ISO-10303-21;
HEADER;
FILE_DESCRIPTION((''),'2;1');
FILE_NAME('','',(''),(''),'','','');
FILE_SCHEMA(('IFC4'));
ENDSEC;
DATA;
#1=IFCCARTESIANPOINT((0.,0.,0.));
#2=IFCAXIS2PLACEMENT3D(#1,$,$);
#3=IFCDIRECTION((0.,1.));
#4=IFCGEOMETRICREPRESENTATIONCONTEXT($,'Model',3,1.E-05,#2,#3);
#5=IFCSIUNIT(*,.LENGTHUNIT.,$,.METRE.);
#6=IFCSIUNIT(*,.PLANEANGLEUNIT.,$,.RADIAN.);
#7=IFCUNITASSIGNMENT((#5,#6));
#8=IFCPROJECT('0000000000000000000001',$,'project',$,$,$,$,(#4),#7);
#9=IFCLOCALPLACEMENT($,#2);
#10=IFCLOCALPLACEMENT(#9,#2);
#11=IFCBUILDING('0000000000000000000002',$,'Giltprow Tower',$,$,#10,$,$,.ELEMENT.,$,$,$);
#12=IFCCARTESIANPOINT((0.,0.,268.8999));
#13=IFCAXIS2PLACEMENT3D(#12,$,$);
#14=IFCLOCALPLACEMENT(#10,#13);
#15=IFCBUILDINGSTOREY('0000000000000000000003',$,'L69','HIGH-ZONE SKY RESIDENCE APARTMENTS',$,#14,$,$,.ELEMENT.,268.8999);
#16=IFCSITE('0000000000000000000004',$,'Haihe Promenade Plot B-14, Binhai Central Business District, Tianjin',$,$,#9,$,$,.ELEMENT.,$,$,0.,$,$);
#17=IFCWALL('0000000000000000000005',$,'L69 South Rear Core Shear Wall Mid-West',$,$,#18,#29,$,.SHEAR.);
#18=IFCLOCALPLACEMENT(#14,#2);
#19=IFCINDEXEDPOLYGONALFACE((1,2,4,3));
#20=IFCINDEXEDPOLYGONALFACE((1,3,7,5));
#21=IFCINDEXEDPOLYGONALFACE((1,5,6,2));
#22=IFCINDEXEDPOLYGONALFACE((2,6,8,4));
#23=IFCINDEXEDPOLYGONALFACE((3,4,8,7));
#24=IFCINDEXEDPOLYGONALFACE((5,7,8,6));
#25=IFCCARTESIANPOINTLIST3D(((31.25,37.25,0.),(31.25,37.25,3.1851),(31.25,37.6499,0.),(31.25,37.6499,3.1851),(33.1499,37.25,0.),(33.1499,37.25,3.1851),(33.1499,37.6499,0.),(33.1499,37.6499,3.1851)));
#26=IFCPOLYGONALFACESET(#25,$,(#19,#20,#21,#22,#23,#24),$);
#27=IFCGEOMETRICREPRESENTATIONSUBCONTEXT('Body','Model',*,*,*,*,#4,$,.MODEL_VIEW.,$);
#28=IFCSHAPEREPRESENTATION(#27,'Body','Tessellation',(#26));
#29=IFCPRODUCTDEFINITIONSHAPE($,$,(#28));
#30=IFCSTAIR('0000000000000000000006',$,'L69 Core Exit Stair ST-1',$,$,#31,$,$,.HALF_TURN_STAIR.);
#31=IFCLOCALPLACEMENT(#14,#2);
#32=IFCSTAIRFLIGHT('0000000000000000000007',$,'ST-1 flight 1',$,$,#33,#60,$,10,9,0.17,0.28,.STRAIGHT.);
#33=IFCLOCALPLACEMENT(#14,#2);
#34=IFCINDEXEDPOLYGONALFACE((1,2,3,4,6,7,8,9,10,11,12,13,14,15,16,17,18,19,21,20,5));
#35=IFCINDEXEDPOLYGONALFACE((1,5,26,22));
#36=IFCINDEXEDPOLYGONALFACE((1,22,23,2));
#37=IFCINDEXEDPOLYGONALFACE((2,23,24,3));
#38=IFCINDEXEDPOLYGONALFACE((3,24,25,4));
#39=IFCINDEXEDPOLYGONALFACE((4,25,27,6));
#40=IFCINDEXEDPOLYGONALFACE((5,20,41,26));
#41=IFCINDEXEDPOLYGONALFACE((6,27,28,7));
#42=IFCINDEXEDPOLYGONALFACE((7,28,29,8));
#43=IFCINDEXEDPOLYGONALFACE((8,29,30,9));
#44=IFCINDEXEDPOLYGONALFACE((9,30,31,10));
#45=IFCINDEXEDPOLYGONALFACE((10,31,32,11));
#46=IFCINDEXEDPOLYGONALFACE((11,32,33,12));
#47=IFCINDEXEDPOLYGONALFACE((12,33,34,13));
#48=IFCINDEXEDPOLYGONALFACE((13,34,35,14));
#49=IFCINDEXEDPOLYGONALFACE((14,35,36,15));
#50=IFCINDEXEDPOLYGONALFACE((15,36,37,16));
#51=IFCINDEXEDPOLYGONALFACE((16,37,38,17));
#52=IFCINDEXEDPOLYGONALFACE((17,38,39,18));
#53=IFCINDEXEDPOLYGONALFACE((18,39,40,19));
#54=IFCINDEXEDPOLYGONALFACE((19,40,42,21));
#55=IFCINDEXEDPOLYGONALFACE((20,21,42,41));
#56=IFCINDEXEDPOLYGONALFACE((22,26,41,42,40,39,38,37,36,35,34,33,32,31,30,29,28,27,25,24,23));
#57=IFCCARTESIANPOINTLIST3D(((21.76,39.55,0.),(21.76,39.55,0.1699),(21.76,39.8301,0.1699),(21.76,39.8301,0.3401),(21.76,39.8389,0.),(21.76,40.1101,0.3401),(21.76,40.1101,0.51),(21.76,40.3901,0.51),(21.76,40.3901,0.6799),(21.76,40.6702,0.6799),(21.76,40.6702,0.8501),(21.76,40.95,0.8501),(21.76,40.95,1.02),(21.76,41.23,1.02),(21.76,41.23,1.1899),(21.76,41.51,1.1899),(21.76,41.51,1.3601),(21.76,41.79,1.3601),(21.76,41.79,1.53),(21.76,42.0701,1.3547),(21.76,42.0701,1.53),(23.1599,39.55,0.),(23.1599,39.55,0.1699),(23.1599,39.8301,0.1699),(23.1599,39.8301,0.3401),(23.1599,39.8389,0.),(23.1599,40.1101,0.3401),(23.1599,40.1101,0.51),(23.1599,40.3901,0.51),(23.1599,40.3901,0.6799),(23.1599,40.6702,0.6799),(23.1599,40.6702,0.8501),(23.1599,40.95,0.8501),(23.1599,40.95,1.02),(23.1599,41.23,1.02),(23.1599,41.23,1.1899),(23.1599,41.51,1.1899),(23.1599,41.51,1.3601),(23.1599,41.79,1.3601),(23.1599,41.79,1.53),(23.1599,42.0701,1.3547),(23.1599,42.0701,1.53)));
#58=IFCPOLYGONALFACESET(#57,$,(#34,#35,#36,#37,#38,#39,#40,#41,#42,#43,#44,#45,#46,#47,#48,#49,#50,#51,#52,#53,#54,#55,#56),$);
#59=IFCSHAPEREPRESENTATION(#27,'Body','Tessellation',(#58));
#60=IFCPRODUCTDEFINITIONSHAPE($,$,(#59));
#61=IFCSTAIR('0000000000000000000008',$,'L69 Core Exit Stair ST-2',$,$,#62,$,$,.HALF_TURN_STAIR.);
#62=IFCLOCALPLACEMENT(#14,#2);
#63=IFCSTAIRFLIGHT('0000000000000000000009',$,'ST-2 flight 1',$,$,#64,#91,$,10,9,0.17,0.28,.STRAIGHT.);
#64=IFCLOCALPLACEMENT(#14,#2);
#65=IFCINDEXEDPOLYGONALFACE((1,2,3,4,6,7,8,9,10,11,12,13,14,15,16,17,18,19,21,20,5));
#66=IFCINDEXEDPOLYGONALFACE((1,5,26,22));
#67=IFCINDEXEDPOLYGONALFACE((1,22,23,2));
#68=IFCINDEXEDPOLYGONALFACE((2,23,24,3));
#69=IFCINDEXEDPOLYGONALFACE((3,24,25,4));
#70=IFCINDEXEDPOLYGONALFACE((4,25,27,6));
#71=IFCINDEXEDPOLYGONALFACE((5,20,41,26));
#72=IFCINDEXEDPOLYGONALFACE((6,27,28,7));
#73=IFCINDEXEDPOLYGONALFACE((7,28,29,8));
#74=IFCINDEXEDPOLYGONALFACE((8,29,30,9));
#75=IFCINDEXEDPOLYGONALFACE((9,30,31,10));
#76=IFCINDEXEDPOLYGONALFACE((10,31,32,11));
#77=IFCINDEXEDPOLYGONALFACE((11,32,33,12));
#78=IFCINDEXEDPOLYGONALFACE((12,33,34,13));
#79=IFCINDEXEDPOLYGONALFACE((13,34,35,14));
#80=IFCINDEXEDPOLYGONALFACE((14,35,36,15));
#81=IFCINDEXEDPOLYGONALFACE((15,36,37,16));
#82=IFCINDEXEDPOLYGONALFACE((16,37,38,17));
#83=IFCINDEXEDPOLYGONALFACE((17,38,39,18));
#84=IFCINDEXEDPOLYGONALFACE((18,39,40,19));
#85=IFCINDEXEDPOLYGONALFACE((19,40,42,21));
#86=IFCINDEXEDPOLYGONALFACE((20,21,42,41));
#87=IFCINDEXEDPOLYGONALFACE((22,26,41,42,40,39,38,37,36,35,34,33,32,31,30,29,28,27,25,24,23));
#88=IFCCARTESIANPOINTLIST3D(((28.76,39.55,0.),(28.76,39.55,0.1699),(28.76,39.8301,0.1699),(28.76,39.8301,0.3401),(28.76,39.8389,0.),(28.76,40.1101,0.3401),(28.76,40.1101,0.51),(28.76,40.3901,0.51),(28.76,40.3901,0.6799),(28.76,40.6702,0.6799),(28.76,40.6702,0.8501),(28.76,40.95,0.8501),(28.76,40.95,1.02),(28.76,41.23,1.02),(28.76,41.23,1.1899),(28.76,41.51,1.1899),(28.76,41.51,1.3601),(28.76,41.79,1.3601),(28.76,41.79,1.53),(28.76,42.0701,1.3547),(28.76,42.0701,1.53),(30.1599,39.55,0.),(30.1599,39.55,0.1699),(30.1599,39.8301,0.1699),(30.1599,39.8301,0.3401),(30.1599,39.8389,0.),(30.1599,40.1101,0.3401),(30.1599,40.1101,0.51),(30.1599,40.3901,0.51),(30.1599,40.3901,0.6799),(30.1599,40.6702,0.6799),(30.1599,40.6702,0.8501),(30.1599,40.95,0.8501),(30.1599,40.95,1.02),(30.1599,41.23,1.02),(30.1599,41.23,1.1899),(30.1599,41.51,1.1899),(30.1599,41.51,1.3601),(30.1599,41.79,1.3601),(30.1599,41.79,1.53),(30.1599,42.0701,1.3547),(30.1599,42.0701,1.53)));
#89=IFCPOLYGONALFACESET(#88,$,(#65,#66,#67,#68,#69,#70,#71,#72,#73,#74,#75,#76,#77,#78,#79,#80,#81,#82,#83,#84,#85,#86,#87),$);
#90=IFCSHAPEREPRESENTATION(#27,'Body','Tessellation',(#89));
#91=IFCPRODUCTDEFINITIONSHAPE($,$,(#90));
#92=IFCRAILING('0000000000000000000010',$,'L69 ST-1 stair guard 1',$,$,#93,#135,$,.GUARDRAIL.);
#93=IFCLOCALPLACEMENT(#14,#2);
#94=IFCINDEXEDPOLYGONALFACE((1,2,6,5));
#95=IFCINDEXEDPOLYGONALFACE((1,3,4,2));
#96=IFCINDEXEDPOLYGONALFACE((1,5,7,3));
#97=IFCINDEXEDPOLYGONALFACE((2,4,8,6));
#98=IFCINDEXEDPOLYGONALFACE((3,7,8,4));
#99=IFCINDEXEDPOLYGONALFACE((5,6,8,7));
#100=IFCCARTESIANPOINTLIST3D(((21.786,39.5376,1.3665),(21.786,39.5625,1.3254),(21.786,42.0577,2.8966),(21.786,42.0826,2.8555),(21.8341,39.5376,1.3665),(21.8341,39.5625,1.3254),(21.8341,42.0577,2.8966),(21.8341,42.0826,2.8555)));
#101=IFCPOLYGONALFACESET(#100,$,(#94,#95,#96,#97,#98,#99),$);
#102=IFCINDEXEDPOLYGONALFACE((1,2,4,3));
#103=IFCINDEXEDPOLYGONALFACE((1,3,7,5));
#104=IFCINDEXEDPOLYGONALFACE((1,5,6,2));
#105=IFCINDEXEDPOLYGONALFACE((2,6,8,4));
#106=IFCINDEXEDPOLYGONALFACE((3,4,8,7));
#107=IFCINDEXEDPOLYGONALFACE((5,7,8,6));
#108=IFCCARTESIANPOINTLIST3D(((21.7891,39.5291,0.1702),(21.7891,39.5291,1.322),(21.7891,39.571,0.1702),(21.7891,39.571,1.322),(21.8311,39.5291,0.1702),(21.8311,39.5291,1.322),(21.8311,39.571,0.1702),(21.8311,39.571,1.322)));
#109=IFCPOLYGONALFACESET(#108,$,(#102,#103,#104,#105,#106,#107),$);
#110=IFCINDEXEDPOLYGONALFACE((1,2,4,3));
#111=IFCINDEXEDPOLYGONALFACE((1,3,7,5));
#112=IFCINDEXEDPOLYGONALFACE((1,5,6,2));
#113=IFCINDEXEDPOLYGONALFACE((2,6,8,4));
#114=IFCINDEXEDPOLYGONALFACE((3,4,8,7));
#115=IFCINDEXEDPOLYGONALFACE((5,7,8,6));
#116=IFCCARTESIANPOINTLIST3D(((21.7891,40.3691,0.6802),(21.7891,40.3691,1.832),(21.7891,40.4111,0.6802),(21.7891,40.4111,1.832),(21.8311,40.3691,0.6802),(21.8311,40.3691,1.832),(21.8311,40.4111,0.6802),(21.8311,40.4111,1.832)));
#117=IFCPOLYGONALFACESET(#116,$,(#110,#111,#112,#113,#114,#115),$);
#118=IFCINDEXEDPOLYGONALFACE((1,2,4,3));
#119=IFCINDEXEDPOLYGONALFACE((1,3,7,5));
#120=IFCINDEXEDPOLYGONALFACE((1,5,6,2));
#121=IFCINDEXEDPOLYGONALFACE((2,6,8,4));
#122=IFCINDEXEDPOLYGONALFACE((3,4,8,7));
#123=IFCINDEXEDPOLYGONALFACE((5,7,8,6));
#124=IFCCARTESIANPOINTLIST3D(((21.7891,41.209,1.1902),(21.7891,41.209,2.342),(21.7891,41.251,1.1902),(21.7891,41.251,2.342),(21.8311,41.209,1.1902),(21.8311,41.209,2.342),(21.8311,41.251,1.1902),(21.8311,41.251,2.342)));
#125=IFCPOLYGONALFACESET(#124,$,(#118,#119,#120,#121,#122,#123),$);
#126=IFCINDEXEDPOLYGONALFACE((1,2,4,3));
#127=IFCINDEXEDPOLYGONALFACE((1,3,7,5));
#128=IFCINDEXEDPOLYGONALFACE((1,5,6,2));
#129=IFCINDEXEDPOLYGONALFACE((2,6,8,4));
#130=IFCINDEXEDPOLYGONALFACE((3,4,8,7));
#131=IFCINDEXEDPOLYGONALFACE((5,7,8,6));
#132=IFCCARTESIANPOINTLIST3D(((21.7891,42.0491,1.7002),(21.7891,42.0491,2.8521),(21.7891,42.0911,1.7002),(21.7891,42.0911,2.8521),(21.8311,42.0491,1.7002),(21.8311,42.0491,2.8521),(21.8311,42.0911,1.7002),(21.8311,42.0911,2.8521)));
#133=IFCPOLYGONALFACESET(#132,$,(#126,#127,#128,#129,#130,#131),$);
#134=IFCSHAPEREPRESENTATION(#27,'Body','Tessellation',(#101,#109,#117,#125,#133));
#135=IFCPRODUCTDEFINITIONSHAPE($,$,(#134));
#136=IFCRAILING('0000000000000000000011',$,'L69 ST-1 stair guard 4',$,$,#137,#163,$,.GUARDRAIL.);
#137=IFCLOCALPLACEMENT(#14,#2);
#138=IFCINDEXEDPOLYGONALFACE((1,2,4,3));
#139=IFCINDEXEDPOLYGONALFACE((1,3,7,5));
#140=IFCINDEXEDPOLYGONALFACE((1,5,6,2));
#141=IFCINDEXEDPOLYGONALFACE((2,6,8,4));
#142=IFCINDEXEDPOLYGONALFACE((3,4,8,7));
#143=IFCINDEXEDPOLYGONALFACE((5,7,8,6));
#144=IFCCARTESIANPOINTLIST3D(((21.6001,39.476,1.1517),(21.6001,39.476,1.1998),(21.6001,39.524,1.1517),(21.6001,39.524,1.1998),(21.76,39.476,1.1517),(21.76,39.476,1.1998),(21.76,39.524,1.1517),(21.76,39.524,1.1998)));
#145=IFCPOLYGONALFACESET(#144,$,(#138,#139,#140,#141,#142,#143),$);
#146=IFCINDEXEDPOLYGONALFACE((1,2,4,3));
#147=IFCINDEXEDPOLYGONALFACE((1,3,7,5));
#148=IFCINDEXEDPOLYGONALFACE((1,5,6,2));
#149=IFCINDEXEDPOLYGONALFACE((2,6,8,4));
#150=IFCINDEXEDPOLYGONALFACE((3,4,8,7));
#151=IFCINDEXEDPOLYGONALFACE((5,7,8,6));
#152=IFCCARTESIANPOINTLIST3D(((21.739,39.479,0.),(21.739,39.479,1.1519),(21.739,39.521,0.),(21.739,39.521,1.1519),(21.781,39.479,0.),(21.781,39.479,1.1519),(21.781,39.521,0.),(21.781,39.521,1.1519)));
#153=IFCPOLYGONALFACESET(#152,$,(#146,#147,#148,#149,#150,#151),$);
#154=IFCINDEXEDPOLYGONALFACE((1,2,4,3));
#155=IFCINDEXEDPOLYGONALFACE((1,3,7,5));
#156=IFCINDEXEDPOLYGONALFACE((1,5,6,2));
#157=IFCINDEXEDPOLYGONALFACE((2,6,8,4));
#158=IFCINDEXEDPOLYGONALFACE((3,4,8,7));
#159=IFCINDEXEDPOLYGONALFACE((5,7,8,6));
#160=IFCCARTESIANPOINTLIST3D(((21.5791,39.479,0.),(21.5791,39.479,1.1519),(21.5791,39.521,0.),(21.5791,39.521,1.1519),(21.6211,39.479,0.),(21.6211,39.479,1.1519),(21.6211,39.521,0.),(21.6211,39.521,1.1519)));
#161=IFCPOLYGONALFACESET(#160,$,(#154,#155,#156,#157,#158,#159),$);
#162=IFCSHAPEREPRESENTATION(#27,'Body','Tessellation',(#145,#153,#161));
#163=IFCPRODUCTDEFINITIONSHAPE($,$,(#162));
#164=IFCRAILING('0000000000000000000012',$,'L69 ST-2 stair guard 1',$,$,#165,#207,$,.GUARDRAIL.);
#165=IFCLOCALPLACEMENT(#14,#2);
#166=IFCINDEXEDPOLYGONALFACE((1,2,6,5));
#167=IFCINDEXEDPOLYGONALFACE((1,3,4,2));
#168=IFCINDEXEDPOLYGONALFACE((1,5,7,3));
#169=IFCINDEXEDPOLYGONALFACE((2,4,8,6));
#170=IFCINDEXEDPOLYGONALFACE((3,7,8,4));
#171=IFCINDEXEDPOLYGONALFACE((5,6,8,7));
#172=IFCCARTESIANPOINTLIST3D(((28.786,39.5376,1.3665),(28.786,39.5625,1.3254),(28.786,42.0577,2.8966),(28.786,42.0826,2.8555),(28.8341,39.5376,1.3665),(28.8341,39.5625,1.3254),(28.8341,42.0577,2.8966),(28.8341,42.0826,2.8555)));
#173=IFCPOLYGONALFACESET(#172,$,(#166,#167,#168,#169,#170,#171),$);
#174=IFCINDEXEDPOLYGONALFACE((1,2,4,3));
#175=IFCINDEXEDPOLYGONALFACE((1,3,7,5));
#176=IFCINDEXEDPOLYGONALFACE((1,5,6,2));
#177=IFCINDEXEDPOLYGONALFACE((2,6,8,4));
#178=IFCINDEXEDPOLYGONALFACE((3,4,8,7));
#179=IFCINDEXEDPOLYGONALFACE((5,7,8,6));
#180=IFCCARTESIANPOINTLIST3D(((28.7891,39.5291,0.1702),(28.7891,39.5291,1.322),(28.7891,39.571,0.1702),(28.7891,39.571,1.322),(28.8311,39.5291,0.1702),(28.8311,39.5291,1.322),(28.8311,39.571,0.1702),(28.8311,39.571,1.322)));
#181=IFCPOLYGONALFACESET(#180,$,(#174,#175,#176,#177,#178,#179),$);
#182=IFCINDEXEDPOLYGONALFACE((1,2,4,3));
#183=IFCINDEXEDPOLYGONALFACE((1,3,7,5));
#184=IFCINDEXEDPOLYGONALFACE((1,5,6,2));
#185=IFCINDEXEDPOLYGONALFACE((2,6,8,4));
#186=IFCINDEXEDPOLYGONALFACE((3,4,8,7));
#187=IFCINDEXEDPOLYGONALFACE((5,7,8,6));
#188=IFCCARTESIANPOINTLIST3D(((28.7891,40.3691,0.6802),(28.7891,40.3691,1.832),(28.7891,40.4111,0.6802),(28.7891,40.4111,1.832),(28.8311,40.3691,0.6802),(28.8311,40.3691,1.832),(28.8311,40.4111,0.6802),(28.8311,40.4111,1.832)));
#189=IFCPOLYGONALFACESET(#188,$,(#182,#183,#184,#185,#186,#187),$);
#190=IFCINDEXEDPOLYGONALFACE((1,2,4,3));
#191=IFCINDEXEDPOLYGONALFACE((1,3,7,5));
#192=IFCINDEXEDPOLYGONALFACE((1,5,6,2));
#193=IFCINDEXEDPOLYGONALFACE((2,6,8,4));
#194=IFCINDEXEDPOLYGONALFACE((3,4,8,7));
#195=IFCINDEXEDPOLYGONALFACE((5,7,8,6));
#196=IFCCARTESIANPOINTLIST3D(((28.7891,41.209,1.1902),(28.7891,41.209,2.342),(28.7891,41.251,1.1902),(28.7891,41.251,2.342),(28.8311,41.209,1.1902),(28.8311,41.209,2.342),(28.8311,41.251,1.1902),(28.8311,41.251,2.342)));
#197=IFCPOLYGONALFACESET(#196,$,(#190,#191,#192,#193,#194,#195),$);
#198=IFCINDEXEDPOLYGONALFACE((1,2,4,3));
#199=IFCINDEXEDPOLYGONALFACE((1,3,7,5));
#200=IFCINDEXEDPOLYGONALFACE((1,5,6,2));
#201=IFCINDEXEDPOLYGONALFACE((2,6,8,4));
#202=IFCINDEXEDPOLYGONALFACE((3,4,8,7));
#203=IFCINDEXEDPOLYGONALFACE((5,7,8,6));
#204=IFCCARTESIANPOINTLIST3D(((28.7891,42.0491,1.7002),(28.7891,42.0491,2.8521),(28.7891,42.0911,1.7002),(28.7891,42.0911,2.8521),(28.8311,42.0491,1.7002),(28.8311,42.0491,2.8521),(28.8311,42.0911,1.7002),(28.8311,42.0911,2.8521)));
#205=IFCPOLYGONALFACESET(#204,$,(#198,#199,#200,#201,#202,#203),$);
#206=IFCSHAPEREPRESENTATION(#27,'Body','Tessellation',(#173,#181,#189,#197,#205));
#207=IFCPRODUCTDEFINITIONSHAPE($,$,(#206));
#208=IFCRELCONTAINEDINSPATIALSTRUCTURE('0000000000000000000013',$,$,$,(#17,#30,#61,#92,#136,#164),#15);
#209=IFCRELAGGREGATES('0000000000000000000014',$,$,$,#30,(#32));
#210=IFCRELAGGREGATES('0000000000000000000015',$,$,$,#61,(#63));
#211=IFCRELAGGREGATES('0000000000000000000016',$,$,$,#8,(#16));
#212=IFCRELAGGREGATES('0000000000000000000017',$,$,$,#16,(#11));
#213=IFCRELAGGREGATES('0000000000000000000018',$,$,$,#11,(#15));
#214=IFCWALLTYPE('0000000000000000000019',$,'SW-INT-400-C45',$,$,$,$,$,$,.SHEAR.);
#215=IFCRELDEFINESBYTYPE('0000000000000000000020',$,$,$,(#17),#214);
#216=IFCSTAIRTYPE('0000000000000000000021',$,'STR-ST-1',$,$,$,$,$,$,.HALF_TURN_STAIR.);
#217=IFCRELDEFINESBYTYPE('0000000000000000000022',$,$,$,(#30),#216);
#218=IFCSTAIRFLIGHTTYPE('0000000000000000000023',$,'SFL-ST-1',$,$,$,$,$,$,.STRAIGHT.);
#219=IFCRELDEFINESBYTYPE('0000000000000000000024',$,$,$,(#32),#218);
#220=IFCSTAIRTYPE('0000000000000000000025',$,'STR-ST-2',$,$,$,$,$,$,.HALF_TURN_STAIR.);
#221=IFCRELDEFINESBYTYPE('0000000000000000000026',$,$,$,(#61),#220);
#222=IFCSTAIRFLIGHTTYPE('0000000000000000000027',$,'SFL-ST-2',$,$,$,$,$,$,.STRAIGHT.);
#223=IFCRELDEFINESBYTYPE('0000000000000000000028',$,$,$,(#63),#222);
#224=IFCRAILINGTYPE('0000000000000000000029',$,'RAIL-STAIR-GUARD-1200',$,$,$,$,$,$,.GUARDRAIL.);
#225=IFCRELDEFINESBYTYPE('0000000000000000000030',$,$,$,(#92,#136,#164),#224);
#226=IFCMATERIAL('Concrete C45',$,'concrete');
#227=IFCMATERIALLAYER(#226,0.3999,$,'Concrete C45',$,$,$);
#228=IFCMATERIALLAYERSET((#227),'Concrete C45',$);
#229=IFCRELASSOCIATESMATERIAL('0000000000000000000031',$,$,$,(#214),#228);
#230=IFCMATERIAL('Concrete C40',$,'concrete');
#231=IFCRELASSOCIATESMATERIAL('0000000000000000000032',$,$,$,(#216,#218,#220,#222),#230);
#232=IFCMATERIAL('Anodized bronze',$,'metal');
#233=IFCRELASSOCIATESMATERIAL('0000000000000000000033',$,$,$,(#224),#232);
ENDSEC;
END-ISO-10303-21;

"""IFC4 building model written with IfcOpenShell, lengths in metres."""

from ifc_helpers import new_model, si_unit, direction, frame, frame_2d, origin, origin_2d, place, context, subcontext, project, spatial, polyline, rectangle, outline, extrude, material, layer, layer_set, type_object, element, aggregate, save


model = new_model("IFC4")

# Units and contexts
model_context = context("Model", 3, precision=1e-05, world=origin(), true_north=direction((0.0, 1.0)))
body_context = subcontext(model_context, "Body", "Model", "MODEL_VIEW")
ifc_project = project(units=[si_unit("LENGTHUNIT", "METRE"), si_unit("PLANEANGLEUNIT", "RADIAN")], contexts=[model_context])

# Site, building, storey
site_placement = place(None, origin())
site = spatial("IfcSite", under=ifc_project, at=site_placement, Name="Haihe Promenade Plot B-14, Binhai Central Business District, Tianjin", CompositionType="ELEMENT", RefElevation=0.0)
building_placement = place(site_placement, origin())
building = spatial("IfcBuilding", under=site, at=building_placement, Name="Giltprow Tower", CompositionType="ELEMENT")
storey_placement = place(building_placement, frame((0.0, 0.0, 268.8999)))
storey = spatial("IfcBuildingStorey", under=building, at=storey_placement, Name="L69", Description="HIGH-ZONE SKY RESIDENCE APARTMENTS", CompositionType="ELEMENT", Elevation=268.8999)

# Shared definitions
ifc_material_1 = material(Name="Concrete C45", Category="concrete")

# Shared definitions
ifc_material_2 = material(Name="Concrete C40", Category="concrete")

# Wall
ifc_layer_1 = layer(ifc_material_1, 0.3999, Name="Concrete C45")
ifc_layer_set_1 = layer_set([ifc_layer_1], Name="Concrete C45")
wall_type_1 = type_object("IfcWallType", Name="SW-INT-400-C45", PredefinedType="SHEAR", material=ifc_layer_set_1)
wall_1_placement = place(storey_placement, frame((31.25, 37.45, 0.0), z_axis=(0.0, 0.0, 1.0), x_axis=(1.0, 0.0, 0.0)))
element("IfcWall", 1, at=wall_1_placement, inside=storey, type_object=wall_type_1, Name="L69 South Rear Core Shear Wall Mid-West", PredefinedType="SHEAR", context=body_context, shape_type="SweptSolid", body=[
    extrude(rectangle(XDim=1.8999, YDim=0.3999, at=frame_2d((0.95, 0.0))), origin(), (0.0, 0.0, 1.0), 3.1851),
])

# Stairs, stair flights
stair_type_1 = type_object("IfcStairType", Name="STR-ST-1", PredefinedType="HALF_TURN_STAIR", material=ifc_material_2)
stair_1_placement = place(storey_placement, origin())
stair_1 = element("IfcStair", 2, at=stair_1_placement, inside=storey, type_object=stair_type_1, Name="L69 Core Exit Stair ST-1", PredefinedType="HALF_TURN_STAIR")
stair_flight_type_1 = type_object("IfcStairFlightType", Name="SFL-ST-1", PredefinedType="STRAIGHT", material=ifc_material_2)
stair_flight_1_placement = place(storey_placement, frame((22.46, 39.55, 0.0), z_axis=(0.0, 0.0, 1.0), x_axis=(0.0, 1.0, 0.0)))
stair_flight_1 = element("IfcStairFlight", 3, at=stair_flight_1_placement, type_object=stair_flight_type_1, Name="ST-1 flight 1", NumberOfRisers=10, NumberOfTreads=9, PredefinedType="STRAIGHT", RiserHeight=0.17, TreadLength=0.28, context=body_context, shape_type="SweptSolid", body=[
    extrude(outline(polyline([(0.0, 0.0), (0.0, 0.1699), (0.28, 0.1699), (0.28, 0.3401), (0.5601, 0.3401), (0.5601, 0.51), (0.8401, 0.51), (0.8401, 0.6799), (1.1201, 0.6799), (1.1201, 0.8501), (1.3999, 0.8501), (1.3999, 1.02), (1.6799, 1.02), (1.6799, 1.1899), (1.96, 1.1899), (1.96, 1.3601), (2.24, 1.3601), (2.24, 1.53), (2.52, 1.53), (2.52, 1.7), (2.52, 1.3547), (0.2888, 0.0), (0.0, 0.0)])), frame((0.0, 0.7, 0.0), z_axis=(0.0, -1.0, 0.0), x_axis=(1.0, 0.0, 0.0)), (0.0, 0.0, 1.0), 1.3999),
])
aggregate(stair_1, [stair_flight_1])
stair_type_2 = type_object("IfcStairType", Name="STR-ST-2", PredefinedType="HALF_TURN_STAIR", material=ifc_material_2)
stair_2_placement = place(storey_placement, origin())
stair_2 = element("IfcStair", 4, at=stair_2_placement, inside=storey, type_object=stair_type_2, Name="L69 Core Exit Stair ST-2", PredefinedType="HALF_TURN_STAIR")
stair_flight_type_2 = type_object("IfcStairFlightType", Name="SFL-ST-2", PredefinedType="STRAIGHT", material=ifc_material_2)
stair_flight_2_placement = place(storey_placement, frame((29.46, 39.55, 0.0), z_axis=(0.0, 0.0, 1.0), x_axis=(0.0, 1.0, 0.0)))
stair_flight_2 = element("IfcStairFlight", 5, at=stair_flight_2_placement, type_object=stair_flight_type_2, Name="ST-2 flight 1", NumberOfRisers=10, NumberOfTreads=9, PredefinedType="STRAIGHT", RiserHeight=0.17, TreadLength=0.28, context=body_context, shape_type="SweptSolid", body=[
    extrude(outline(polyline([(0.0, 0.0), (0.0, 0.1699), (0.28, 0.1699), (0.28, 0.3401), (0.5601, 0.3401), (0.5601, 0.51), (0.8401, 0.51), (0.8401, 0.6799), (1.1201, 0.6799), (1.1201, 0.8501), (1.3999, 0.8501), (1.3999, 1.02), (1.6799, 1.02), (1.6799, 1.1899), (1.96, 1.1899), (1.96, 1.3601), (2.24, 1.3601), (2.24, 1.53), (2.52, 1.53), (2.52, 1.7), (2.52, 1.3547), (0.2888, 0.0), (0.0, 0.0)])), frame((0.0, 0.7, 0.0), z_axis=(0.0, -1.0, 0.0), x_axis=(1.0, 0.0, 0.0)), (0.0, 0.0, 1.0), 1.3999),
])
aggregate(stair_2, [stair_flight_2])

# Railings
ifc_material_3 = material(Name="Anodized bronze", Category="metal")
railing_type_1 = type_object("IfcRailingType", Name="RAIL-STAIR-GUARD-1200", PredefinedType="GUARDRAIL", material=ifc_material_3)
railing_1_placement = place(storey_placement, frame((21.8101, 39.55, 0.1702)))
element("IfcRailing", 6, at=railing_1_placement, inside=storey, type_object=railing_type_1, Name="L69 ST-1 stair guard 1", PredefinedType="GUARDRAIL", context=body_context, shape_type="SweptSolid", body=[
    extrude(rectangle(XDim=0.0481, YDim=0.0481, at=origin_2d()), frame((0.0, 0.0, 1.1758), z_axis=(0.0, 0.854785, 0.518982), x_axis=(-1.0, 0.0, 0.0)), (0.0, 0.0, 1.0), 2.9482),
    extrude(rectangle(XDim=0.042, YDim=0.042, at=origin_2d()), origin(), (0.0, 0.0, 1.0), 1.1519),
    extrude(rectangle(XDim=0.042, YDim=0.042, at=origin_2d()), frame((0.0, 0.8401, 0.51)), (0.0, 0.0, 1.0), 1.1519),
    extrude(rectangle(XDim=0.042, YDim=0.042, at=origin_2d()), frame((0.0, 1.6799, 1.02)), (0.0, 0.0, 1.0), 1.1519),
    extrude(rectangle(XDim=0.042, YDim=0.042, at=origin_2d()), frame((0.0, 2.52, 1.53)), (0.0, 0.0, 1.0), 1.1519),
])
railing_2_placement = place(storey_placement, frame((21.76, 39.5, 0.0)))
element("IfcRailing", 7, at=railing_2_placement, inside=storey, type_object=railing_type_1, Name="L69 ST-1 stair guard 4", PredefinedType="GUARDRAIL", context=body_context, shape_type="SweptSolid", body=[
    extrude(rectangle(XDim=0.0481, YDim=0.0481, at=origin_2d()), frame((0.0, 0.0, 1.1758), z_axis=(-1.0, 0.0, 0.0), x_axis=(0.0, -1.0, 0.0)), (0.0, 0.0, 1.0), 0.1599),
    extrude(rectangle(XDim=0.042, YDim=0.042, at=origin_2d()), origin(), (0.0, 0.0, 1.0), 1.1519),
    extrude(rectangle(XDim=0.042, YDim=0.042, at=origin_2d()), frame((-0.1599, 0.0, 0.0)), (0.0, 0.0, 1.0), 1.1519),
])
railing_3_placement = place(storey_placement, frame((28.8101, 39.55, 0.1702)))
element("IfcRailing", 8, at=railing_3_placement, inside=storey, type_object=railing_type_1, Name="L69 ST-2 stair guard 1", PredefinedType="GUARDRAIL", context=body_context, shape_type="SweptSolid", body=[
    extrude(rectangle(XDim=0.0481, YDim=0.0481, at=origin_2d()), frame((0.0, 0.0, 1.1758), z_axis=(0.0, 0.854785, 0.518982), x_axis=(-1.0, 0.0, 0.0)), (0.0, 0.0, 1.0), 2.9482),
    extrude(rectangle(XDim=0.042, YDim=0.042, at=origin_2d()), origin(), (0.0, 0.0, 1.0), 1.1519),
    extrude(rectangle(XDim=0.042, YDim=0.042, at=origin_2d()), frame((0.0, 0.8401, 0.51)), (0.0, 0.0, 1.0), 1.1519),
    extrude(rectangle(XDim=0.042, YDim=0.042, at=origin_2d()), frame((0.0, 1.6799, 1.02)), (0.0, 0.0, 1.0), 1.1519),
    extrude(rectangle(XDim=0.042, YDim=0.042, at=origin_2d()), frame((0.0, 2.52, 1.53)), (0.0, 0.0, 1.0), 1.1519),
])

save(model, "model.ifc")
